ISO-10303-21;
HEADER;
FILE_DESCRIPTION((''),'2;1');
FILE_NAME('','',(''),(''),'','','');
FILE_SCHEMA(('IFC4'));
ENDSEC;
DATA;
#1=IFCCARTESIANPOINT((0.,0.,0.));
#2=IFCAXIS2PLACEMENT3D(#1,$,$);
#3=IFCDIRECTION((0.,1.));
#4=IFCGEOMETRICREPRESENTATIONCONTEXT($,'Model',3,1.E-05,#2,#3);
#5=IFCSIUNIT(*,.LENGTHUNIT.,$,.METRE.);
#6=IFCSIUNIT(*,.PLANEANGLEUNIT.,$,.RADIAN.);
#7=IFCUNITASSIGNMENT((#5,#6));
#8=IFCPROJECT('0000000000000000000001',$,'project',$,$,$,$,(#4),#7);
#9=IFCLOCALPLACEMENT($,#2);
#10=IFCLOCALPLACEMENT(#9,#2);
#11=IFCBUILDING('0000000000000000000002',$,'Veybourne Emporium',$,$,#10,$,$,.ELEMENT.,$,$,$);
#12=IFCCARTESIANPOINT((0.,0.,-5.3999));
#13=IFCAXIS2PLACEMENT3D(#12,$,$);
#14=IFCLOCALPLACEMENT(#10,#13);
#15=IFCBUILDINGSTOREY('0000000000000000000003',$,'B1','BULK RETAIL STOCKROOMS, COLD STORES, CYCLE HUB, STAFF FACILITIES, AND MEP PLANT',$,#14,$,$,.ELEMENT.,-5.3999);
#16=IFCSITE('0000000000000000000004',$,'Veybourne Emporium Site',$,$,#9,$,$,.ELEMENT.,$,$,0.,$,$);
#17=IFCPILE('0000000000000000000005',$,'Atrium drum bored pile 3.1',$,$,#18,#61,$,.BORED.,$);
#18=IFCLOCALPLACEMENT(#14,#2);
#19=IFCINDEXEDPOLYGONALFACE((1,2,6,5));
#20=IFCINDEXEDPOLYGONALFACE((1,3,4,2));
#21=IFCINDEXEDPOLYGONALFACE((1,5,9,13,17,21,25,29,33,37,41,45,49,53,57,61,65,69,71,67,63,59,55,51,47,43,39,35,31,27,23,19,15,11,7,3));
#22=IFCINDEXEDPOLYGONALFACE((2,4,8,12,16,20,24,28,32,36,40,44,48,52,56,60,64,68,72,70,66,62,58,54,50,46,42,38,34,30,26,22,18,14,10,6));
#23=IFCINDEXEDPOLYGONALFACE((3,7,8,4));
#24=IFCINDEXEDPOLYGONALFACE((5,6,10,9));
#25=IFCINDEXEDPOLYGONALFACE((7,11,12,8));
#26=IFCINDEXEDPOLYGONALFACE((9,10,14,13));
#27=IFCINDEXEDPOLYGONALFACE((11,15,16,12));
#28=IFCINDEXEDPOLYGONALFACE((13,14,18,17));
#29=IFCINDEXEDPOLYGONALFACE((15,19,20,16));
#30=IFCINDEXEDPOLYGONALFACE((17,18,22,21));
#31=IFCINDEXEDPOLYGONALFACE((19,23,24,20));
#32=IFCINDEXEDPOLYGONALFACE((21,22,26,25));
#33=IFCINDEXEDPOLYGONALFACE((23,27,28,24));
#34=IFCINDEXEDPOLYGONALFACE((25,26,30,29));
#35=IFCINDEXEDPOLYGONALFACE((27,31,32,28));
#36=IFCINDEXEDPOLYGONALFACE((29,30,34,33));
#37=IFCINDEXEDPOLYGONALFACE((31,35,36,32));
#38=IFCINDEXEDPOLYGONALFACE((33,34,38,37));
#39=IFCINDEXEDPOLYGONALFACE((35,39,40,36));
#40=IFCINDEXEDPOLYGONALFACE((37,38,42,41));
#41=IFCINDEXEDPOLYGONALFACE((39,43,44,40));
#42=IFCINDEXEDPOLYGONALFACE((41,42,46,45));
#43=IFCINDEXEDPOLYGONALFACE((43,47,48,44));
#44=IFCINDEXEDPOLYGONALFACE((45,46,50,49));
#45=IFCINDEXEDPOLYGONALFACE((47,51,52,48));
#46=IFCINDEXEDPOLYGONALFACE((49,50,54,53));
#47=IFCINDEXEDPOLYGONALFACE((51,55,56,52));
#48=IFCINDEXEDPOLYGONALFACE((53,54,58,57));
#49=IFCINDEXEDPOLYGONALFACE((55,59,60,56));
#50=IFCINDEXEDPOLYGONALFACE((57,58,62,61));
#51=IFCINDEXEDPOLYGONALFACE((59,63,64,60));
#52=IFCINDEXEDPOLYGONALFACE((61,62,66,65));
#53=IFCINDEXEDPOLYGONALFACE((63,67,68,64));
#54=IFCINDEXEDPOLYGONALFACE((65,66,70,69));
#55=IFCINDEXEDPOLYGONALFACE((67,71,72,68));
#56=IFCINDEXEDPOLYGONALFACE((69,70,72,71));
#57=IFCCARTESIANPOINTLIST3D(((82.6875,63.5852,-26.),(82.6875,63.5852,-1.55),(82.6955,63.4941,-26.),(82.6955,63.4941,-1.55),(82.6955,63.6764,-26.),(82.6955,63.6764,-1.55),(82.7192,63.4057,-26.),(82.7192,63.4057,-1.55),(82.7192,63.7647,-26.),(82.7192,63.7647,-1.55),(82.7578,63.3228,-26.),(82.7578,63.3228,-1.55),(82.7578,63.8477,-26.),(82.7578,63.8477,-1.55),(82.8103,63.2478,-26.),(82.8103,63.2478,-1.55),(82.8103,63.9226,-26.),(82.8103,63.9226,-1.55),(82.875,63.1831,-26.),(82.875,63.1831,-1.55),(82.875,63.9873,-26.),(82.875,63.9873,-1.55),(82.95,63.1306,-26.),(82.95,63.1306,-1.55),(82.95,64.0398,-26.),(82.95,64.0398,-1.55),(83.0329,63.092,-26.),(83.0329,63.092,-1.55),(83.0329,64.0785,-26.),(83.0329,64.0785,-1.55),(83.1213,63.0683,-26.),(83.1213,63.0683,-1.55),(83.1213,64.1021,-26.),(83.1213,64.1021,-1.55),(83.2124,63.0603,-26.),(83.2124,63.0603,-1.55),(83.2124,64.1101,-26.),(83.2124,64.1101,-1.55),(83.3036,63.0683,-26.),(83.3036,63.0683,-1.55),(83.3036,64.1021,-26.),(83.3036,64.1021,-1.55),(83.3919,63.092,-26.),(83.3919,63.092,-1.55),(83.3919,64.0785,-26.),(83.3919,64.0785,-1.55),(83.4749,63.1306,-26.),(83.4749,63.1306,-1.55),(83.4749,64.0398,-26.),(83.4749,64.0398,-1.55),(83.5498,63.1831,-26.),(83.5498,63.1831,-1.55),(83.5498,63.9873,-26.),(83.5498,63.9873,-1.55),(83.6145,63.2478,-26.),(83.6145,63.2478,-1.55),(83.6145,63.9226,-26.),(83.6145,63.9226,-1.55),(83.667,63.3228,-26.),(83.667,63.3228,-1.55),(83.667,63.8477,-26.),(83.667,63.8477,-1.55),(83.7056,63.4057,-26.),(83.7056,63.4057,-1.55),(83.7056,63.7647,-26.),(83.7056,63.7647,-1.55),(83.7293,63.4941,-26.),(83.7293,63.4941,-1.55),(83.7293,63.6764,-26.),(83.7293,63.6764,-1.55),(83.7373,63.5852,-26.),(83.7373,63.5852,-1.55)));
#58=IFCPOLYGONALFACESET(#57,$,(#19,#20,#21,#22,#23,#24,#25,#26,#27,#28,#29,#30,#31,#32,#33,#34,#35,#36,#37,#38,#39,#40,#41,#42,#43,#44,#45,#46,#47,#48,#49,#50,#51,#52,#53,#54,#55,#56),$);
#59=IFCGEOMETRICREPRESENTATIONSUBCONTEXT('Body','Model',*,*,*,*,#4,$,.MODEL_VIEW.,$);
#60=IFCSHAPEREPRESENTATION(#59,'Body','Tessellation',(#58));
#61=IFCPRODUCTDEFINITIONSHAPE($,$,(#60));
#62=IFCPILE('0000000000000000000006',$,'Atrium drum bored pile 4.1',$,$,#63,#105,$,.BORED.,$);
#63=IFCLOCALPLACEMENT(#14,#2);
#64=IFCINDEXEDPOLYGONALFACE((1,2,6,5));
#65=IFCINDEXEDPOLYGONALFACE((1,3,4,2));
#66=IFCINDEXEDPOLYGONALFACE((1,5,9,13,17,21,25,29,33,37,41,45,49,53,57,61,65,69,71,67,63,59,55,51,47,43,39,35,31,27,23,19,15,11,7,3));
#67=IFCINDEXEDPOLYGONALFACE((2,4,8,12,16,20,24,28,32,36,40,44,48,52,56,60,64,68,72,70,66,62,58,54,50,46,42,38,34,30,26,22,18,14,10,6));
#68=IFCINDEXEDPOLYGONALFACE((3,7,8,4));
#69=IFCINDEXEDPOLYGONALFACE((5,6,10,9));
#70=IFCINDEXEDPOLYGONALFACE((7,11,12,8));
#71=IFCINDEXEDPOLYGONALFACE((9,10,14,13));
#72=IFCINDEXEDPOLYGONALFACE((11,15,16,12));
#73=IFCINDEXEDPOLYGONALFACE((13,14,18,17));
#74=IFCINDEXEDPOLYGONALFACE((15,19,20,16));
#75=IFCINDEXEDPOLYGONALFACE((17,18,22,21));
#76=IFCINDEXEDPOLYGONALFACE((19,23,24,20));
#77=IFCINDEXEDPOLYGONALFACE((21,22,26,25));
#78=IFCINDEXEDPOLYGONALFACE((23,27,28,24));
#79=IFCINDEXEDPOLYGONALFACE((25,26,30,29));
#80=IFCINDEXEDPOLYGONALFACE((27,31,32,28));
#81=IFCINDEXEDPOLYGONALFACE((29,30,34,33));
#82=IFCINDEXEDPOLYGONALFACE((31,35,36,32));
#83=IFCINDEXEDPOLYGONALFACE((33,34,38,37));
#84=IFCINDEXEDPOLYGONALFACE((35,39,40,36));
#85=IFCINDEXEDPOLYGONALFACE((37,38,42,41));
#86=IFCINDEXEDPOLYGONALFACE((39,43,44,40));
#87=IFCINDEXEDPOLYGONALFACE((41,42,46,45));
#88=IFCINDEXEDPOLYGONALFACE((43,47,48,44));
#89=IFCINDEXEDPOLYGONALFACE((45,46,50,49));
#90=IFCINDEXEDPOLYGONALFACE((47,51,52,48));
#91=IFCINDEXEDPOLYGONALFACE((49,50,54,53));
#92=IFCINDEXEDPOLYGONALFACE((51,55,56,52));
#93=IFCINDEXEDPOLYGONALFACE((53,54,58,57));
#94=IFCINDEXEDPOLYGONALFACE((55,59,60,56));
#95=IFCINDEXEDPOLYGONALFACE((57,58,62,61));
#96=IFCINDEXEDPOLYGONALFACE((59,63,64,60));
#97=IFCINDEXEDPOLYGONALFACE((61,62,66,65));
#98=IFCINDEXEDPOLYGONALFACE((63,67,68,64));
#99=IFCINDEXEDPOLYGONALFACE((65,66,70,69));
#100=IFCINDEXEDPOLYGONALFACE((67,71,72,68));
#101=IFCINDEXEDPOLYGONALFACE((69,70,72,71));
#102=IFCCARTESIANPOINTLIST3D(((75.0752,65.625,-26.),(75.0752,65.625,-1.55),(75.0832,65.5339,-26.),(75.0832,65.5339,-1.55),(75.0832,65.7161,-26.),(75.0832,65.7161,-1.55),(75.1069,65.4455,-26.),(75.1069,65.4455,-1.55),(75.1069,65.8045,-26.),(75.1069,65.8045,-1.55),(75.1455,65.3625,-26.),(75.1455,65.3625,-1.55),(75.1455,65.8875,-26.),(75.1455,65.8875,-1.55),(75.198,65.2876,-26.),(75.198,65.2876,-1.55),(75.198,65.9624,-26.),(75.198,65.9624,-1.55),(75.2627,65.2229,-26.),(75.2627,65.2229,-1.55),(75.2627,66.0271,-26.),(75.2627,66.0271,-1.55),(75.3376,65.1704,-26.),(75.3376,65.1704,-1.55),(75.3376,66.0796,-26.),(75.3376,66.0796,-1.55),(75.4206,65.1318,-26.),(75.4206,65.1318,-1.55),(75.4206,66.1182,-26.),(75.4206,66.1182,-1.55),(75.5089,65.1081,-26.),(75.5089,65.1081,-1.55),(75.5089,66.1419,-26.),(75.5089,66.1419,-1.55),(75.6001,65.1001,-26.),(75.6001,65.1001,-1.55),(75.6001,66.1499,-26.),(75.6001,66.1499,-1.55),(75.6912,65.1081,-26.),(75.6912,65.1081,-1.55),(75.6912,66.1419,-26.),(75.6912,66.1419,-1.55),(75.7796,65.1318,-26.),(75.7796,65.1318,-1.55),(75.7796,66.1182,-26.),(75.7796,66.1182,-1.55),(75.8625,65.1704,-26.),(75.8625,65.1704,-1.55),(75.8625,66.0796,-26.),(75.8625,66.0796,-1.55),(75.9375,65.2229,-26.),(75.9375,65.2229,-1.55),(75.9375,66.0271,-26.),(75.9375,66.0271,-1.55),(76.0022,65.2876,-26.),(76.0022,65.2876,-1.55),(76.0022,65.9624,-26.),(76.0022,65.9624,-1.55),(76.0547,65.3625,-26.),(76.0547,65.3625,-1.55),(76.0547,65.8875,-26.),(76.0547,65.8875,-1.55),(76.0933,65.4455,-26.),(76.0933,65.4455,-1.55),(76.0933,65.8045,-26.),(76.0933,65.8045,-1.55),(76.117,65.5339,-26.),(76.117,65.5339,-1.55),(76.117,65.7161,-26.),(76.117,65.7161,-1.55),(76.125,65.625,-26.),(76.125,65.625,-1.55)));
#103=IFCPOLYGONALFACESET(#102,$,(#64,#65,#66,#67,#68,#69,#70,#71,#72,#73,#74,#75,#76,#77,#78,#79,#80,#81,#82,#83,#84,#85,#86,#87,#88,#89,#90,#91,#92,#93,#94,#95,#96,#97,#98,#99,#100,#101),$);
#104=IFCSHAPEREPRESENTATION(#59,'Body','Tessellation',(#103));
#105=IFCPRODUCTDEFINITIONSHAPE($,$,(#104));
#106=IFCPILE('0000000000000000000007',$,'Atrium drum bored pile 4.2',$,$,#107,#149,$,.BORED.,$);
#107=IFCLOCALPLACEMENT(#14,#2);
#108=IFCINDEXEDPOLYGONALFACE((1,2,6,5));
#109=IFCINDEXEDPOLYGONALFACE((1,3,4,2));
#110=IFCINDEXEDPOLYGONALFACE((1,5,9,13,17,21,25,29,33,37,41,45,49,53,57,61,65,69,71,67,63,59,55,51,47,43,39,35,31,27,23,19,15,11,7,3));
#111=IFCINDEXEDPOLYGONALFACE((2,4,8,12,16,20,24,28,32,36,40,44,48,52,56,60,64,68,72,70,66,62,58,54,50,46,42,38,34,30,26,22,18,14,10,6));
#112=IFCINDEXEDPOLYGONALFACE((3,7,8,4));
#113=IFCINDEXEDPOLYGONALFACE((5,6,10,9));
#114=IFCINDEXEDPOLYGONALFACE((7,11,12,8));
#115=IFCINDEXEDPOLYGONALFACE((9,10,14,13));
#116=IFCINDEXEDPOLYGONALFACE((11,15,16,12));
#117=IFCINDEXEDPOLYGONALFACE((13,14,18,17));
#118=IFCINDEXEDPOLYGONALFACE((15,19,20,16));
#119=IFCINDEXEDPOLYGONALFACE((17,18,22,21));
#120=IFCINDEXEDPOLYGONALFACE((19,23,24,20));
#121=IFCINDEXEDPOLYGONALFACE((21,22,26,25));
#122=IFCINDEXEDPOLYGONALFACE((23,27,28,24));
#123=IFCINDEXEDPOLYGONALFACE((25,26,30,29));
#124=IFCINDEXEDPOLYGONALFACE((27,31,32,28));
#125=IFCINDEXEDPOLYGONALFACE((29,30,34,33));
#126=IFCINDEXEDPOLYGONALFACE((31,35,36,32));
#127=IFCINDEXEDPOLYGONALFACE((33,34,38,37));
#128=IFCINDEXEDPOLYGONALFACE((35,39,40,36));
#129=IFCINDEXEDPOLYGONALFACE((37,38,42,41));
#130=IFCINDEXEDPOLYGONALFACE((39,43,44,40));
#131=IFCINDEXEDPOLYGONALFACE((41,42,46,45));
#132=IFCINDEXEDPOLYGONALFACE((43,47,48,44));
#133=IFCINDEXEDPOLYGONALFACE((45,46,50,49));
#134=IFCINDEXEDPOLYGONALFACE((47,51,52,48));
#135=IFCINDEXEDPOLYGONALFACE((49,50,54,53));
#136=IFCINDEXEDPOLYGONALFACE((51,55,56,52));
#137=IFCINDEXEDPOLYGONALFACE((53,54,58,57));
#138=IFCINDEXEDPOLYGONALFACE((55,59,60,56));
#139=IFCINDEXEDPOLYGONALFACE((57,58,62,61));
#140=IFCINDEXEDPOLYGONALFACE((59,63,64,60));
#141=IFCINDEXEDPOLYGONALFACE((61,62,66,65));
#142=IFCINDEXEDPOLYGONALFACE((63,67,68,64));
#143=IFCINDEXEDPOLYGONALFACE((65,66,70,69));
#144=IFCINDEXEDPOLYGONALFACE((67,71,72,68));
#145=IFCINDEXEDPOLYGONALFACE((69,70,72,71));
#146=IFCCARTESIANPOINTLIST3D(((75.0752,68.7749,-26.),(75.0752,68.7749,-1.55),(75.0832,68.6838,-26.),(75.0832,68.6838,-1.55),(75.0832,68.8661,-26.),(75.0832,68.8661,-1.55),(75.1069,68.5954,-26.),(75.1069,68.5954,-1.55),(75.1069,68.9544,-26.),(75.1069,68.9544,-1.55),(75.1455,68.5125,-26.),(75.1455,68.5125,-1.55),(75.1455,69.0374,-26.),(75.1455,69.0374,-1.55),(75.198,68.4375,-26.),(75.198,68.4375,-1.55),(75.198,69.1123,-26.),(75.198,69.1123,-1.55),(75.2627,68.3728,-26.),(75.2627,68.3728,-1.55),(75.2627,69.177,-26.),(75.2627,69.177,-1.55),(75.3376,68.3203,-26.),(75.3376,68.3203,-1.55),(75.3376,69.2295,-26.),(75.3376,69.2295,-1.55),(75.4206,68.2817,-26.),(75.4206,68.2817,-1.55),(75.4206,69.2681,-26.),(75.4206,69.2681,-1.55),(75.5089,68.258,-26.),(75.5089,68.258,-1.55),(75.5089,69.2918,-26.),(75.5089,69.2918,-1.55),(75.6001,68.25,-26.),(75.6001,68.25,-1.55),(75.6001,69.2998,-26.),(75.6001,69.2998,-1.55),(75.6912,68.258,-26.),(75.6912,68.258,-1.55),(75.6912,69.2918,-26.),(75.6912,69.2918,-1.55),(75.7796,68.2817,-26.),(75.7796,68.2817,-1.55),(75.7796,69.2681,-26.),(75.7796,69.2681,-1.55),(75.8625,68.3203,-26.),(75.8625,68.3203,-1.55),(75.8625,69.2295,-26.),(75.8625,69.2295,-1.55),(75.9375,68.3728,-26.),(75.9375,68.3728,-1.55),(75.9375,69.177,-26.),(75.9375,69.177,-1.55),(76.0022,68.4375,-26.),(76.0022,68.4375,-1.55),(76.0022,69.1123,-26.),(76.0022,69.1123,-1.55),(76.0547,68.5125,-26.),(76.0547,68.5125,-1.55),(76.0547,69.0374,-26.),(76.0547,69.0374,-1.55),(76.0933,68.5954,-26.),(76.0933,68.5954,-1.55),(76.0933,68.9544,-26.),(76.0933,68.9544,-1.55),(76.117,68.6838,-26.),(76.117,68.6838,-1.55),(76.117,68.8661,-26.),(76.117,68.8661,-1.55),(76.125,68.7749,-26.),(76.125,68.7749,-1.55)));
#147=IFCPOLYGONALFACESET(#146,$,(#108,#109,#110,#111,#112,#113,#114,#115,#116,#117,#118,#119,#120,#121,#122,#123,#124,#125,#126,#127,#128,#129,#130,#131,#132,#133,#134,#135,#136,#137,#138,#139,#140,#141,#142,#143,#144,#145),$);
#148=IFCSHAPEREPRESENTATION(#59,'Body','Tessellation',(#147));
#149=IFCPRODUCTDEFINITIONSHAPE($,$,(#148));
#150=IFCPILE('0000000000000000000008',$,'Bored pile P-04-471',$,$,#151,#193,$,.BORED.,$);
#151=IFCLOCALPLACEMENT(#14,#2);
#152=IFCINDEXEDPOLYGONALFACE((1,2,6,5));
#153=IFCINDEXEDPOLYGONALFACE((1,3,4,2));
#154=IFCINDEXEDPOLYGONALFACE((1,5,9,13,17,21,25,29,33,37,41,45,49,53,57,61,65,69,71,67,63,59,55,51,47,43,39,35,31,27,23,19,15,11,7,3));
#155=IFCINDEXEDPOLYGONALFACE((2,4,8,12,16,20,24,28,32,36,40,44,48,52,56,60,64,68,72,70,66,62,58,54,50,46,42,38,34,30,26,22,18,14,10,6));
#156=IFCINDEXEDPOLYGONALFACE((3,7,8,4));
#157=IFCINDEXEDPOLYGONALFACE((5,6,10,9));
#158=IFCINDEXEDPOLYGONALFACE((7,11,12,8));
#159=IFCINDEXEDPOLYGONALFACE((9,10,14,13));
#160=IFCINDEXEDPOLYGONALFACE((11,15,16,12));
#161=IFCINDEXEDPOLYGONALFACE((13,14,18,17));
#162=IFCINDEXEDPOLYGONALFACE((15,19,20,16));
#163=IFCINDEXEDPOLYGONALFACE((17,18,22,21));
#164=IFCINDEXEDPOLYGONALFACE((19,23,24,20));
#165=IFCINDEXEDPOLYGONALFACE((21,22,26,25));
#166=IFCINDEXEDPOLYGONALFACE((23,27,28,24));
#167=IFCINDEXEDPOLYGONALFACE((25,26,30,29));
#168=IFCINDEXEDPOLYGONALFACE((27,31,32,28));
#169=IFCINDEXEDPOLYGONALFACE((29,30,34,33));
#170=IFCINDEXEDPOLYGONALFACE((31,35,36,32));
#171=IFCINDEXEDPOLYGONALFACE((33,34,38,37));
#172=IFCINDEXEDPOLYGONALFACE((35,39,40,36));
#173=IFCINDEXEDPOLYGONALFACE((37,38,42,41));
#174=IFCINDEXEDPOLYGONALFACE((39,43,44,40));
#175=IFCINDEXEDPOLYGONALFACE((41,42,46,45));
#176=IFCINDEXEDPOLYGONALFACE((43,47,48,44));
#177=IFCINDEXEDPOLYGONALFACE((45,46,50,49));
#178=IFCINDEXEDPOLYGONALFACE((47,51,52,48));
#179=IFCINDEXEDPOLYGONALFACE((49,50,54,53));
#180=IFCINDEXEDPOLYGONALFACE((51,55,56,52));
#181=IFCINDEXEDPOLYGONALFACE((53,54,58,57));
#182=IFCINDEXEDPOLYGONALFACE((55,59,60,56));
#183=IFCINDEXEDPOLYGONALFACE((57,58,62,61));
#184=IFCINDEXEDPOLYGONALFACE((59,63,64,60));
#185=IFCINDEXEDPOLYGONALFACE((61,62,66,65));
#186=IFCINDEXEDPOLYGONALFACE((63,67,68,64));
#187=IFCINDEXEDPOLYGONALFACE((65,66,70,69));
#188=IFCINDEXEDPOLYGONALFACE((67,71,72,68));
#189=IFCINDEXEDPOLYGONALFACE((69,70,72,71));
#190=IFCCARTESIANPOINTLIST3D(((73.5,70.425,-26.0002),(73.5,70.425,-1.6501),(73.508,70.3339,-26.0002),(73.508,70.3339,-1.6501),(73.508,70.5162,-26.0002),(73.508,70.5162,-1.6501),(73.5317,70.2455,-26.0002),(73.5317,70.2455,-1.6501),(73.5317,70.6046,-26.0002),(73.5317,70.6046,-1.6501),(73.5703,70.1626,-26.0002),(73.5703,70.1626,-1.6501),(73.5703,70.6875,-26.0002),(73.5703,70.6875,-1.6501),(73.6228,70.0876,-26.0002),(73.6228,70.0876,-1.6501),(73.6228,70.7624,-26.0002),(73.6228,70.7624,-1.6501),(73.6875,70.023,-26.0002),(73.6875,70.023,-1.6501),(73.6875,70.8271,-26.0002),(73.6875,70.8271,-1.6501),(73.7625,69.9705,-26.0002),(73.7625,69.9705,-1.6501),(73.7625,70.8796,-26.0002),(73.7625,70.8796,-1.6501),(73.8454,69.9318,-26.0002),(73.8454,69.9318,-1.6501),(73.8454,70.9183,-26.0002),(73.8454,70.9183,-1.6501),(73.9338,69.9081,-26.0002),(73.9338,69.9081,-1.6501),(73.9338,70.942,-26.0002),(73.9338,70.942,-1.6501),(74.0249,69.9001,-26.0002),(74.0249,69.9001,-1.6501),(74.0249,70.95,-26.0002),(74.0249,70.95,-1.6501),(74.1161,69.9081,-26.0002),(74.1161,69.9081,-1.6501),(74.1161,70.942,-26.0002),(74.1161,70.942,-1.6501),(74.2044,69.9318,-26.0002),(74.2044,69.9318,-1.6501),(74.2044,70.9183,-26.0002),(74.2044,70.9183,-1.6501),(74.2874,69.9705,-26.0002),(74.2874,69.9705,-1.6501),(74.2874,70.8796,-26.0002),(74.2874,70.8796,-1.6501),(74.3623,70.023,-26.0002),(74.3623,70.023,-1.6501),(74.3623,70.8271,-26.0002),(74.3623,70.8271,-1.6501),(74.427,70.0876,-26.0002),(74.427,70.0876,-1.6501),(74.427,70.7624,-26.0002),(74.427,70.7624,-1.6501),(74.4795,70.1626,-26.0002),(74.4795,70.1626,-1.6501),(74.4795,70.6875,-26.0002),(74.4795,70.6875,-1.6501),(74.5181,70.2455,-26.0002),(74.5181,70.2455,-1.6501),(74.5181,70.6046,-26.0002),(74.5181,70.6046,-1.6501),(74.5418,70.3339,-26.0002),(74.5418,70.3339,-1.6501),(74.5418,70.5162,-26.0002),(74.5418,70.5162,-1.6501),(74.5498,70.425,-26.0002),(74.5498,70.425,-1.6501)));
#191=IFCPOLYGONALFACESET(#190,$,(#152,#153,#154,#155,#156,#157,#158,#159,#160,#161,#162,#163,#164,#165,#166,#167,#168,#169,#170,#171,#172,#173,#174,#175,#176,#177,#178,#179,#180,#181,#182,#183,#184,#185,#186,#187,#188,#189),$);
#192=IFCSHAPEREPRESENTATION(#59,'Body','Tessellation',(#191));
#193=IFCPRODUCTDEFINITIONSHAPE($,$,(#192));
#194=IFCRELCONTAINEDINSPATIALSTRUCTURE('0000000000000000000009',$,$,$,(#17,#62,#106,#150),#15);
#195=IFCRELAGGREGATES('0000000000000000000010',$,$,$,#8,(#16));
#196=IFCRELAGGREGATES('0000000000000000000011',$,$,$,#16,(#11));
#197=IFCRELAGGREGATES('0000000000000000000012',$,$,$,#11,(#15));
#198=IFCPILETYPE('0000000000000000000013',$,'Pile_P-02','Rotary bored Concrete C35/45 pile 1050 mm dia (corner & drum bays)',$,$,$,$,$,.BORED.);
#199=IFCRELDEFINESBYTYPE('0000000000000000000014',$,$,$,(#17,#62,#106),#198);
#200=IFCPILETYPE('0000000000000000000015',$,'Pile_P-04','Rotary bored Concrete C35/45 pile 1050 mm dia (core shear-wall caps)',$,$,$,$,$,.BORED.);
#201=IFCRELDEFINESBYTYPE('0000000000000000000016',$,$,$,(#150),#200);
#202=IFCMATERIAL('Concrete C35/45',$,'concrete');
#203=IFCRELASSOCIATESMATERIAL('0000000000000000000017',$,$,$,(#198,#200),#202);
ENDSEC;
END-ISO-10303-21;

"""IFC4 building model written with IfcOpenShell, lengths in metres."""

from ifc_helpers import new_model, si_unit, direction, frame, origin, origin_2d, place, context, subcontext, project, spatial, circle, extrude, material, material_profile, profile_set, type_object, element, save


model = new_model("IFC4")

# Units and contexts
model_context = context("Model", 3, precision=1e-05, world=origin(), true_north=direction((0.0, 1.0)))
body_context = subcontext(model_context, "Body", "Model", "MODEL_VIEW")
ifc_project = project(units=[si_unit("LENGTHUNIT", "METRE"), si_unit("PLANEANGLEUNIT", "RADIAN")], contexts=[model_context])

# Site, building, storey
site_placement = place(None, origin())
site = spatial("IfcSite", under=ifc_project, at=site_placement, Name="Veybourne Emporium Site", CompositionType="ELEMENT", RefElevation=0.0)
building_placement = place(site_placement, origin())
building = spatial("IfcBuilding", under=site, at=building_placement, Name="Veybourne Emporium", CompositionType="ELEMENT")
storey_placement = place(building_placement, frame((0.0, 0.0, -5.3999)))
storey = spatial("IfcBuildingStorey", under=building, at=storey_placement, Name="B1", Description="BULK RETAIL STOCKROOMS, COLD STORES, CYCLE HUB, STAFF FACILITIES, AND MEP PLANT", CompositionType="ELEMENT", Elevation=-5.3999)

# Shared definitions
ifc_material_1 = material(Name="Concrete C35/45", Category="concrete")

# Piles
ifc_material_profile_1 = material_profile(ifc_material_1, circle(Radius=0.5249, at=origin_2d()), Name="BORED PILE 1050")
ifc_profile_set_1 = profile_set([ifc_material_profile_1], Name="Concrete C35/45")
pile_type_1 = type_object("IfcPileType", Name="Pile_P-02", Description="Rotary bored Concrete C35/45 pile 1050 mm dia (corner & drum bays)", PredefinedType="BORED", material=ifc_profile_set_1)
for number, where, z_axis, x_axis, name in (
    (1, (83.2124, 63.5852, -1.55), (0.0, 0.0, -1.0), (1.0, 0.0, 0.0), "Atrium drum bored pile 3.1"),
    (2, (75.6001, 65.625, -1.55), (0.0, 0.0, -1.0), (1.0, 0.0, 0.0), "Atrium drum bored pile 4.1"),
    (3, (75.6001, 68.7749, -1.55), (0.0, 0.0, -1.0), (1.0, 0.0, 0.0), "Atrium drum bored pile 4.2"),
):
    element("IfcPile", number, at=place(storey_placement, frame(where, z_axis=z_axis, x_axis=x_axis)), inside=storey, type_object=pile_type_1, Name=name, PredefinedType="BORED", context=body_context, shape_type="SweptSolid", body=[
        extrude(circle(Radius=0.5249, at=origin_2d()), origin(), (0.0, 0.0, 1.0), 24.45),
    ])
ifc_material_profile_2 = material_profile(ifc_material_1, circle(Radius=0.5249, at=origin_2d()), Name="BORED PILE 1050")
ifc_profile_set_2 = profile_set([ifc_material_profile_2], Name="Concrete C35/45")
pile_type_2 = type_object("IfcPileType", Name="Pile_P-04", Description="Rotary bored Concrete C35/45 pile 1050 mm dia (core shear-wall caps)", PredefinedType="BORED", material=ifc_profile_set_2)
for number, where, z_axis, x_axis, name in (
    (4, (74.0249, 70.425, -1.6501), (0.0, 0.0, -1.0), (1.0, 0.0, 0.0), "Bored pile P-04-471"),
):
    element("IfcPile", number, at=place(storey_placement, frame(where, z_axis=z_axis, x_axis=x_axis)), inside=storey, type_object=pile_type_2, Name=name, PredefinedType="BORED", context=body_context, shape_type="SweptSolid", body=[
        extrude(circle(Radius=0.5249, at=origin_2d()), origin(), (0.0, 0.0, 1.0), 24.3501),
    ])

save(model, "model.ifc")
